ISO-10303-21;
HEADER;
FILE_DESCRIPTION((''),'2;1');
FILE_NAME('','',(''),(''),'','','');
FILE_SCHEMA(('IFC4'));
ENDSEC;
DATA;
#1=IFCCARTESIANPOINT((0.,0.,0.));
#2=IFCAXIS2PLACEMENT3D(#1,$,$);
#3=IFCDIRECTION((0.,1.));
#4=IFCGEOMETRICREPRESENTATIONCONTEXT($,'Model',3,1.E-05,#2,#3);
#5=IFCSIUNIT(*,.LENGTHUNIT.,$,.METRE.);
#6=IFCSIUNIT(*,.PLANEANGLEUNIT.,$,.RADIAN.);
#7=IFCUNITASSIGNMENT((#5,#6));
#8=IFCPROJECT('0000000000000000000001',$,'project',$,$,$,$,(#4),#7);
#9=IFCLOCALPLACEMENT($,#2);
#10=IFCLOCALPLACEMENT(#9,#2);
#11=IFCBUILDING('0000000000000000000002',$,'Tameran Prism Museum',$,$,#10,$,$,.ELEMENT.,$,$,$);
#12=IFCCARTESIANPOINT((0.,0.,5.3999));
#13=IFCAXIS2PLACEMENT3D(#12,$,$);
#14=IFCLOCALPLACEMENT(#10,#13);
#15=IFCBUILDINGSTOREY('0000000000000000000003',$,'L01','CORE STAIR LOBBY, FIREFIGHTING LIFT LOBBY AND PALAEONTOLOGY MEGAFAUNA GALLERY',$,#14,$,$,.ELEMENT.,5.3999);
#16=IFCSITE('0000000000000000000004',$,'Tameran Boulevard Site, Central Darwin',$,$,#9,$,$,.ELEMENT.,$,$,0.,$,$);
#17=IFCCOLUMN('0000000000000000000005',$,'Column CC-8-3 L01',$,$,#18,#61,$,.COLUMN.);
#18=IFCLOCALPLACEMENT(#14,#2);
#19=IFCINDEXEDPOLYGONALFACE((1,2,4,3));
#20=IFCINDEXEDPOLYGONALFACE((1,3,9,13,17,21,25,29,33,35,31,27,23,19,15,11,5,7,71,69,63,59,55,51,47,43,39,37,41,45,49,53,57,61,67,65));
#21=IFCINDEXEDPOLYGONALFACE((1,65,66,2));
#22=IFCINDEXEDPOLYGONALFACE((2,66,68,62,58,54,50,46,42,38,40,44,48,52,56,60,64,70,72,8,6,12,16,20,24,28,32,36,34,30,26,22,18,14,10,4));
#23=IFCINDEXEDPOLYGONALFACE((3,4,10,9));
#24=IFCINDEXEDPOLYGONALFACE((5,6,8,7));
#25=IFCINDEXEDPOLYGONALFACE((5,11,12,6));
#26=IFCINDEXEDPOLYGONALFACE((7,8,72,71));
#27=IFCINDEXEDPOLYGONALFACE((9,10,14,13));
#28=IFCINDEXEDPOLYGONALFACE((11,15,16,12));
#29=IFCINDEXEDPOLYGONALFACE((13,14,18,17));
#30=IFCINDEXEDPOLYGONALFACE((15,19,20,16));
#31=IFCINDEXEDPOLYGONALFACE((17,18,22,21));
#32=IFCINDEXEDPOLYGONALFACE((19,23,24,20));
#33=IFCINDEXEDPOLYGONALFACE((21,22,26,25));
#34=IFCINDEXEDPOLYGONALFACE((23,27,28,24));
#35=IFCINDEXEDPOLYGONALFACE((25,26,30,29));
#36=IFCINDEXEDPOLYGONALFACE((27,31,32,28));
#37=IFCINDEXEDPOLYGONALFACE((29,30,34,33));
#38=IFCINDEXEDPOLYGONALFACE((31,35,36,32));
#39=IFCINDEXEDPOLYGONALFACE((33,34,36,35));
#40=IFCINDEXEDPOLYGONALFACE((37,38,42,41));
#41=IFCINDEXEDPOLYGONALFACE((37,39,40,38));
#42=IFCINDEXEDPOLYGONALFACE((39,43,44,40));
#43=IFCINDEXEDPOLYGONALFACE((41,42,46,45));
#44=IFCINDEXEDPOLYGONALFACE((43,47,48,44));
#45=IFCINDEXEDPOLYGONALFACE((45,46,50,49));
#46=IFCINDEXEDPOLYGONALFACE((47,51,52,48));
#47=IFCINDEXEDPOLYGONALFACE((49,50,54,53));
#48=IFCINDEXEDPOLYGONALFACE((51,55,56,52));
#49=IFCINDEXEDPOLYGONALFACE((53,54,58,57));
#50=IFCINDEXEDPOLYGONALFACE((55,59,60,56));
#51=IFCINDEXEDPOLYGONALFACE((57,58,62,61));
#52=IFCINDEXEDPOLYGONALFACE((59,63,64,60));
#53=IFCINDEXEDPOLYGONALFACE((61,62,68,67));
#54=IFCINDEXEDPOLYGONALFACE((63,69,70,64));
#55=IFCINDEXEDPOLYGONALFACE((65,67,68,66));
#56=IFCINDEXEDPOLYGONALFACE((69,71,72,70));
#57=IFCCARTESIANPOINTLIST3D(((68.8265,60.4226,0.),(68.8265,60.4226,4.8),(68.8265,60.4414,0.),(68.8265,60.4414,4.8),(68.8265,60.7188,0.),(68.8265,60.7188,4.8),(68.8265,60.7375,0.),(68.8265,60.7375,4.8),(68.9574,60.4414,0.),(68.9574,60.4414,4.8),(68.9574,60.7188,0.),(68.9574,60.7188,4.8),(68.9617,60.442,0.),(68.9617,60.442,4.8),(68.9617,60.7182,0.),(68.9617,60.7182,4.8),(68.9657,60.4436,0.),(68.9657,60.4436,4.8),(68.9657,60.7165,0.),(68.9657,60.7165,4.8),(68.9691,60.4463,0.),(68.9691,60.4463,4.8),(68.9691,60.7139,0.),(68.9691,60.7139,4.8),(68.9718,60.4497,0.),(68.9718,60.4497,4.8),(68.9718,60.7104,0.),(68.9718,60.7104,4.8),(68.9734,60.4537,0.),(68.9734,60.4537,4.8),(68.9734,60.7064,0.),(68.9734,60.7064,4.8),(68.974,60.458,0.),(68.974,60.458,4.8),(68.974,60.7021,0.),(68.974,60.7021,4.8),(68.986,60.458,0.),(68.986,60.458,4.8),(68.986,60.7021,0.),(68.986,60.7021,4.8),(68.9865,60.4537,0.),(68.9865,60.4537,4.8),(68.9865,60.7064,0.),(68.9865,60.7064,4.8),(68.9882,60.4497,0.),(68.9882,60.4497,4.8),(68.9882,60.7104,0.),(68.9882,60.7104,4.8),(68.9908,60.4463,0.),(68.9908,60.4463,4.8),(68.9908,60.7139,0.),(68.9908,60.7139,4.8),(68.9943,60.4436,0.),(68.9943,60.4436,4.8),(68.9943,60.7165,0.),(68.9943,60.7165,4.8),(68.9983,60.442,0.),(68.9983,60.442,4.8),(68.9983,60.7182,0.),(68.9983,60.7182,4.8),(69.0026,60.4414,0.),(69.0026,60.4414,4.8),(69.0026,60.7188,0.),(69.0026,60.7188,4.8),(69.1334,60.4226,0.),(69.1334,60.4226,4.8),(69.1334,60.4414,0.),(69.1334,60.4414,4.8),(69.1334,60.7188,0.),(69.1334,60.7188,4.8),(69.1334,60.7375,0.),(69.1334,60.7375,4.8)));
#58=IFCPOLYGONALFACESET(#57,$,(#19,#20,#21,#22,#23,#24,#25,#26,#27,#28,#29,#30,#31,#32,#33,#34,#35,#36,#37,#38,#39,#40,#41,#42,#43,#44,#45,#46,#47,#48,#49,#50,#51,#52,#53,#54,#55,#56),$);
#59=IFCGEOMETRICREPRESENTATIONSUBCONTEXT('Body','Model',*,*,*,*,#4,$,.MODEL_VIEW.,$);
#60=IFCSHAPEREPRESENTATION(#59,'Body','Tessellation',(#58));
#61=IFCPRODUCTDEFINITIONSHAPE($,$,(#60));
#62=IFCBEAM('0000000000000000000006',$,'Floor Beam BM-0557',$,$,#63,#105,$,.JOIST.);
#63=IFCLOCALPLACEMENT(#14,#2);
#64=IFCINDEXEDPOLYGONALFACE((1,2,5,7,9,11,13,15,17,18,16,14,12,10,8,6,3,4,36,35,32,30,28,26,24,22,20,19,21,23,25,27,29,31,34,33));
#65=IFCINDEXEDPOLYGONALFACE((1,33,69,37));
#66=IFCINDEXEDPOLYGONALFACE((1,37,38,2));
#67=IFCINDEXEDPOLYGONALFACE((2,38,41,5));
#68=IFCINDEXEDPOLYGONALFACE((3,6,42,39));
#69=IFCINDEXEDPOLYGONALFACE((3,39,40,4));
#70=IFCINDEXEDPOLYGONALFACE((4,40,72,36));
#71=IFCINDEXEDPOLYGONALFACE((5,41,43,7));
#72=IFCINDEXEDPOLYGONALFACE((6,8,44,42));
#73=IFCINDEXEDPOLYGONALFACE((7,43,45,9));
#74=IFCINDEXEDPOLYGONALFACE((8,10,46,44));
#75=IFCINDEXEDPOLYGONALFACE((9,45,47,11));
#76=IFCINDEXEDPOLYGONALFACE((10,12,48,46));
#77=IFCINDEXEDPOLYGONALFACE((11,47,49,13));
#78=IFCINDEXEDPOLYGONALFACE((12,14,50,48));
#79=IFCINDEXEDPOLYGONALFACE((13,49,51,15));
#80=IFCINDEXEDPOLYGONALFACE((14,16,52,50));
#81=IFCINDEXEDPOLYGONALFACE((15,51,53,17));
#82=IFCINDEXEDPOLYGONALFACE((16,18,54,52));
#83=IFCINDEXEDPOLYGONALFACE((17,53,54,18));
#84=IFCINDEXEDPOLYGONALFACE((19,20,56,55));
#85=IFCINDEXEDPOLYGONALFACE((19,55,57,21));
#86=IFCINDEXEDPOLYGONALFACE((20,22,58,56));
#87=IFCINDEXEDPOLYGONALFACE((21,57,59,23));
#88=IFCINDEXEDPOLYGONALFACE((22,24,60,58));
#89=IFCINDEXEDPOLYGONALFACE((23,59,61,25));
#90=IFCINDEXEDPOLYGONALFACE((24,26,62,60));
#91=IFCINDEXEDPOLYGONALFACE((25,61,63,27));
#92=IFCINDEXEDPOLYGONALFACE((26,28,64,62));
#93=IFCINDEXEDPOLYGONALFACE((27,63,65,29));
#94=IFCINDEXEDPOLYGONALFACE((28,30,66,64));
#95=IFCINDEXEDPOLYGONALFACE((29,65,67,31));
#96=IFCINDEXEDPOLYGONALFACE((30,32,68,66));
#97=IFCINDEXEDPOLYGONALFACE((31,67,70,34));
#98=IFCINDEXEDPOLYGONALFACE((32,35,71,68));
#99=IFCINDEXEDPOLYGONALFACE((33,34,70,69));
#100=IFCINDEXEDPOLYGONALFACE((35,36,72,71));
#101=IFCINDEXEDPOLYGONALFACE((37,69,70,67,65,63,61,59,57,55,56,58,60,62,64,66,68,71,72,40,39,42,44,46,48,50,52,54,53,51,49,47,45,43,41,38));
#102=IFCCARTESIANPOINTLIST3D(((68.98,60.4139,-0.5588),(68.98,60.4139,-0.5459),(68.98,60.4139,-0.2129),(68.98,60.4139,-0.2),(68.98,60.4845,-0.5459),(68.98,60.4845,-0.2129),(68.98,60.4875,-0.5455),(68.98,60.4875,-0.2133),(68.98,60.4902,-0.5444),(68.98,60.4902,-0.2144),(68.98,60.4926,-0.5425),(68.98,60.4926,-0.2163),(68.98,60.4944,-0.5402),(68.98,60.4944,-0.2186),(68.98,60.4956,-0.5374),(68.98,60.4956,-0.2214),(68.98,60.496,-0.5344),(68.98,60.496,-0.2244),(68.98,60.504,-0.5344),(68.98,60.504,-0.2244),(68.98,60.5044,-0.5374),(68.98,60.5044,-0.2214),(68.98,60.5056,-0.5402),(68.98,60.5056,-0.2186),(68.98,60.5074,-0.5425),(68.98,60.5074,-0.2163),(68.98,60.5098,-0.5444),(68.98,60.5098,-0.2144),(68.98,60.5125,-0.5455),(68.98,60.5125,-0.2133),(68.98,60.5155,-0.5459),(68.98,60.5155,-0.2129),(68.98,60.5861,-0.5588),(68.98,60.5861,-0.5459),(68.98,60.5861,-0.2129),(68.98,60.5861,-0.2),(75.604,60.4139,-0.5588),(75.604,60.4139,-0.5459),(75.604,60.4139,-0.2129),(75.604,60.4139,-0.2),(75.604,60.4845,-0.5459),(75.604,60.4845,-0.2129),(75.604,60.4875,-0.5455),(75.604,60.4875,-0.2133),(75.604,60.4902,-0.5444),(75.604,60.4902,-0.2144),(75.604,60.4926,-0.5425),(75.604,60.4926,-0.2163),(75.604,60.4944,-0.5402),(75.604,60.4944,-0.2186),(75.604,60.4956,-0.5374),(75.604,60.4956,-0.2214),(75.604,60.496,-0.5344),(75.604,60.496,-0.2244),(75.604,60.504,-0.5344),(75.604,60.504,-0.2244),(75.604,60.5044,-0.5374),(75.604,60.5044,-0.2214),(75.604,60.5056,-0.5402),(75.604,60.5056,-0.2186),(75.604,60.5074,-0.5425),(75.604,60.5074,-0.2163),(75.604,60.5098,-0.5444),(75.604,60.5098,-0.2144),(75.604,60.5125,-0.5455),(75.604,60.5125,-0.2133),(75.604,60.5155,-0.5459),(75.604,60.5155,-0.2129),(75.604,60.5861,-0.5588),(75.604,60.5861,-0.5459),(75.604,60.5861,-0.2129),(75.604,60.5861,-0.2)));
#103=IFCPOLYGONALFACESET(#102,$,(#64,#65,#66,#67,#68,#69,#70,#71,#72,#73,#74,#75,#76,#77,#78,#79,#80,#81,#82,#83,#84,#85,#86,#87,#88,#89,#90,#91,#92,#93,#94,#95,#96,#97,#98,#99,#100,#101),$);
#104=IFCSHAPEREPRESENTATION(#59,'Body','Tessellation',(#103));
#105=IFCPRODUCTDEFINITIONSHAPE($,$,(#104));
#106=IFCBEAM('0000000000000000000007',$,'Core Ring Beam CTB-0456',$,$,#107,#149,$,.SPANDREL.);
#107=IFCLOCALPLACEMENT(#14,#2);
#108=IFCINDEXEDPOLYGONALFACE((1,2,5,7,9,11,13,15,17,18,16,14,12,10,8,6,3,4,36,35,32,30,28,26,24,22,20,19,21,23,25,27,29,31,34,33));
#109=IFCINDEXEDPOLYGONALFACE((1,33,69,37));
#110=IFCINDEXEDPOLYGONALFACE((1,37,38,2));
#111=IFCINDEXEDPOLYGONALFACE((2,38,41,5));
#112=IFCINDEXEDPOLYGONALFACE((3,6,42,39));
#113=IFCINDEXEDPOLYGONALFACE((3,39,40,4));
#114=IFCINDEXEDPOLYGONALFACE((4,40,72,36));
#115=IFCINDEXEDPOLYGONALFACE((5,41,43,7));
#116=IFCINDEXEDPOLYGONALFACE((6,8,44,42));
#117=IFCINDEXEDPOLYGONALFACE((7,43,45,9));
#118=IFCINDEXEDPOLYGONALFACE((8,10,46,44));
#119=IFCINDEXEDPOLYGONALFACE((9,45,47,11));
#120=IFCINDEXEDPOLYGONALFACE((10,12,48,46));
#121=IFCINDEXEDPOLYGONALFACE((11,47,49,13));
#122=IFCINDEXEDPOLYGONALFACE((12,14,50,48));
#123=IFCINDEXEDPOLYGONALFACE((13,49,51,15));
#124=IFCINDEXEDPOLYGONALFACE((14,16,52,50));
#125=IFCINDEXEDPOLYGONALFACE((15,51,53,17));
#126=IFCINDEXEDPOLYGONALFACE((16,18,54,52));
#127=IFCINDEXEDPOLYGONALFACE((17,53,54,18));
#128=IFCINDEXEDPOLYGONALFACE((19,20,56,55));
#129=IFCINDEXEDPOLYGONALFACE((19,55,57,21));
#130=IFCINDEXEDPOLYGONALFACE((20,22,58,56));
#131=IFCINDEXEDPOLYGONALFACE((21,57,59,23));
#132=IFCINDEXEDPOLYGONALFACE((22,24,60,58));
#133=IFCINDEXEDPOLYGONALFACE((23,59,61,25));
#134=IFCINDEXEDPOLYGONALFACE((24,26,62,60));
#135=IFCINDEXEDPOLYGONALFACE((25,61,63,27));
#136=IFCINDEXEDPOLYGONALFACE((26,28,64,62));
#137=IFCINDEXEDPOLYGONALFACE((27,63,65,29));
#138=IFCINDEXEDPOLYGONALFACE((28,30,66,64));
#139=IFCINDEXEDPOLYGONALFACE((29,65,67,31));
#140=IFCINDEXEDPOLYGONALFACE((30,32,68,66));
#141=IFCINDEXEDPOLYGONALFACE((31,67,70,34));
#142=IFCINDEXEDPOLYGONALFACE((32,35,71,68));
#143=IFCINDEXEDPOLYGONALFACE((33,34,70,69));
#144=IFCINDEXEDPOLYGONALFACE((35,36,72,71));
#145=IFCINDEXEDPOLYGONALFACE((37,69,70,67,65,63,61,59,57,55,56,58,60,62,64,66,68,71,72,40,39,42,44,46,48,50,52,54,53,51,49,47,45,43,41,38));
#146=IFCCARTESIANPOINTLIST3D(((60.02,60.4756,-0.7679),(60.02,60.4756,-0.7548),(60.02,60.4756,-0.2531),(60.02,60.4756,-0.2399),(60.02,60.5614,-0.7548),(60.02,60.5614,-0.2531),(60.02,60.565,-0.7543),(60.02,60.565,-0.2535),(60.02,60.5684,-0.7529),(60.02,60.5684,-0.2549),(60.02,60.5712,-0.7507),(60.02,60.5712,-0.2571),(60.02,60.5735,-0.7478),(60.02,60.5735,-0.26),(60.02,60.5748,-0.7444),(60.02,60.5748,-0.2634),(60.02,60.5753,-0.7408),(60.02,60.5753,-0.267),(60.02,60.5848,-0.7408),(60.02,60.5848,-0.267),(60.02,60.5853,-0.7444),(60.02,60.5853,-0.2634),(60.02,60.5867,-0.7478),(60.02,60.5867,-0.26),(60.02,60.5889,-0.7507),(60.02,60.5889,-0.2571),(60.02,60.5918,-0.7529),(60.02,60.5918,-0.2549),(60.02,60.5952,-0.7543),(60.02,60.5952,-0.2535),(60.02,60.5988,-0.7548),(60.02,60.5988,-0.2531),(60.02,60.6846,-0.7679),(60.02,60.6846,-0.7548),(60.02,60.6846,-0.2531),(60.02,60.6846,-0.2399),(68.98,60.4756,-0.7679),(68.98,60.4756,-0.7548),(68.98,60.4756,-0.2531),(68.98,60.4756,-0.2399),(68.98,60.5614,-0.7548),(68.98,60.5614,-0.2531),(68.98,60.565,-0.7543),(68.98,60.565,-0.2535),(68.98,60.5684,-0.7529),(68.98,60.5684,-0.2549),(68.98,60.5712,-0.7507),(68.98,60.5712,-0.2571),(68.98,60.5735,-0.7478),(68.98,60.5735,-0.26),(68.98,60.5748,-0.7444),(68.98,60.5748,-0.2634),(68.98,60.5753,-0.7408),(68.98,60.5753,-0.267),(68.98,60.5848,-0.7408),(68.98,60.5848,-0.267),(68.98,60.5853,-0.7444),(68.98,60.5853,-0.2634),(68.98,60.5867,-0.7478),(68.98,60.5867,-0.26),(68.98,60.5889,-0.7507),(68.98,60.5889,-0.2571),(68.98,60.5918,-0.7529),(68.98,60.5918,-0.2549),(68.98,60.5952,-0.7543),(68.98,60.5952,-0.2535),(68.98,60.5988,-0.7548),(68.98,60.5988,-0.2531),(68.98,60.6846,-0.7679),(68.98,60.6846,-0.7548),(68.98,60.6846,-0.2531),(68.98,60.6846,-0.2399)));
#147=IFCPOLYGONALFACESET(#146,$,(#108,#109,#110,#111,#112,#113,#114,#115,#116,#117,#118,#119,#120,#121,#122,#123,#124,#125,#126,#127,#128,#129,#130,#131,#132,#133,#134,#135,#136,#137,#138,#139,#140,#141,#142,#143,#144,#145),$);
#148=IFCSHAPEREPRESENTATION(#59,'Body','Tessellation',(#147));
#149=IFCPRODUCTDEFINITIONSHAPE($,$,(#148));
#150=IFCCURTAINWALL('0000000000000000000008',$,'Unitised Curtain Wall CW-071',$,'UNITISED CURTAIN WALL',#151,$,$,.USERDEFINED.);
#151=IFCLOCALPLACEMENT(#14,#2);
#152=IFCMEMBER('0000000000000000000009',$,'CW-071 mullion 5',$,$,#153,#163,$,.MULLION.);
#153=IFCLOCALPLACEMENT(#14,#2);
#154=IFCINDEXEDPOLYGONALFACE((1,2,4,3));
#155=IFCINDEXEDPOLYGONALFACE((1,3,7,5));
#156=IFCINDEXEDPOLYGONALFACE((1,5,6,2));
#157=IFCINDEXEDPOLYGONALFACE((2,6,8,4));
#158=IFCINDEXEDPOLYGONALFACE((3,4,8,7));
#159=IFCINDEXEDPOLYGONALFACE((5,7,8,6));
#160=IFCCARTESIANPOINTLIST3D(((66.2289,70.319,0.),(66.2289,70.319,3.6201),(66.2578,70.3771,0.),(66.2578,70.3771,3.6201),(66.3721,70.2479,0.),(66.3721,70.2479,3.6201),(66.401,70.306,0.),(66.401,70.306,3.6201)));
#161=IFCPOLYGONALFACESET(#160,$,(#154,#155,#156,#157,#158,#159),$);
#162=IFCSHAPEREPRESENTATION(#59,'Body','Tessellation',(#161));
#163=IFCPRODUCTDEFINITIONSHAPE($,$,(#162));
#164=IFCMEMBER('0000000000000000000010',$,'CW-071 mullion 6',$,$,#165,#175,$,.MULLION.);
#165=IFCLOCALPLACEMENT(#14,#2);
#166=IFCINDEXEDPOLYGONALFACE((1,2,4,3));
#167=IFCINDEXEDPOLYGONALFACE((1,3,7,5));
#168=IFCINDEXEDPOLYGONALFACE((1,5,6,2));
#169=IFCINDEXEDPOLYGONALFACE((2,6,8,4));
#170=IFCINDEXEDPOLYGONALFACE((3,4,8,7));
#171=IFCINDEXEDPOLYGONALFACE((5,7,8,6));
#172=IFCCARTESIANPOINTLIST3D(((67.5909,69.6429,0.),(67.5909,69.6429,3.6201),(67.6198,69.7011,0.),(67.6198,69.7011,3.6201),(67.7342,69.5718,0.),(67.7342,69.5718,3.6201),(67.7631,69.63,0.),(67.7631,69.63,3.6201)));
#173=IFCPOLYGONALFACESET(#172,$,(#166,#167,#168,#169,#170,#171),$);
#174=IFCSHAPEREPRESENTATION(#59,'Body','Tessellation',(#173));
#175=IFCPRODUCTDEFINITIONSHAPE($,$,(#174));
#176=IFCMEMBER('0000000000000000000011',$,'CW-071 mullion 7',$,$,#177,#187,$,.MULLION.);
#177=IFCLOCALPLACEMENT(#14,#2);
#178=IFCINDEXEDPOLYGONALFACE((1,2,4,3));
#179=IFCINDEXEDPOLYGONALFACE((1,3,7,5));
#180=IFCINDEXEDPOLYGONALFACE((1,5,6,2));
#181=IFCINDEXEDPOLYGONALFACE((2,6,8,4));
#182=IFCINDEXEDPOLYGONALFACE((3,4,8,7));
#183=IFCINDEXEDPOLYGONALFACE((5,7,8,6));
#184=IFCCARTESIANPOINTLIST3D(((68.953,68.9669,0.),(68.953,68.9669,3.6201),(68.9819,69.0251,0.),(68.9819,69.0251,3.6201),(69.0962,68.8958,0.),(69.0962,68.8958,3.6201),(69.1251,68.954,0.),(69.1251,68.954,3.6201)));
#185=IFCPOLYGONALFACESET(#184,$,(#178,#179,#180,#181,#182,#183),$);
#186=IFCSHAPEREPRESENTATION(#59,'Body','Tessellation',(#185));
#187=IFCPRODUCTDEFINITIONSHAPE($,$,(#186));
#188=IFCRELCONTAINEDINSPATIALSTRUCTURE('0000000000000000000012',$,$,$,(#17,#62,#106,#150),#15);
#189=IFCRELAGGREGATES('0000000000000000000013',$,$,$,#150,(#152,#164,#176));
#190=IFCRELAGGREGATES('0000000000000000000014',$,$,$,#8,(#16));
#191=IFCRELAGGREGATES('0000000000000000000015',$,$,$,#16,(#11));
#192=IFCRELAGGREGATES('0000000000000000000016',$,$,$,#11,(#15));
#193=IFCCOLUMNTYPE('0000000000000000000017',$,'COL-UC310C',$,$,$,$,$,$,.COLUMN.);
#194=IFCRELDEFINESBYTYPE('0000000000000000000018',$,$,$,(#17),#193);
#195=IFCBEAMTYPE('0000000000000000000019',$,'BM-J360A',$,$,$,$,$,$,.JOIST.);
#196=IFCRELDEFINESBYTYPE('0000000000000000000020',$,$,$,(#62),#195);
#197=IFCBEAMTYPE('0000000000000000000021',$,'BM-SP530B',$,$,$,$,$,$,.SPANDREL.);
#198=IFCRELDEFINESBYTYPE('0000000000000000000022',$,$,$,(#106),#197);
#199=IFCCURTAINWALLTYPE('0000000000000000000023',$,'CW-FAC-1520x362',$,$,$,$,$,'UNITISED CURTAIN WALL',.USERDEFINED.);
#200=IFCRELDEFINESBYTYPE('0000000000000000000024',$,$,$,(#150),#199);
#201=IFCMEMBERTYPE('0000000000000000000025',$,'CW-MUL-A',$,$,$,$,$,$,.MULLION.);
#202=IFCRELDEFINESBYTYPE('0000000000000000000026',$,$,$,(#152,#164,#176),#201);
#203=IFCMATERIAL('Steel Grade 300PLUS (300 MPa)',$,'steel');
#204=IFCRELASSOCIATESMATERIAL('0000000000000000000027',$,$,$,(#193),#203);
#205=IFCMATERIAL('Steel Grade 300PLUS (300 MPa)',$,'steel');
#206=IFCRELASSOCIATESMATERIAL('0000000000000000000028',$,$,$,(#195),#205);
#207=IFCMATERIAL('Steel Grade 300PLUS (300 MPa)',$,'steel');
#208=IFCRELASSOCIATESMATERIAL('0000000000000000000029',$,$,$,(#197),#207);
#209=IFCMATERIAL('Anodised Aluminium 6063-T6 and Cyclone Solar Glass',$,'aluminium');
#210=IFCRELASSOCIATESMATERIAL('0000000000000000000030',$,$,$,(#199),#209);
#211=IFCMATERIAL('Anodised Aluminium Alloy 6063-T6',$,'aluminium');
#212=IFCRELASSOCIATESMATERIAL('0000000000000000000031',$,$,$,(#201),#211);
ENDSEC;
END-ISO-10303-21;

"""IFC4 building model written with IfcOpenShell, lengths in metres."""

from ifc_helpers import new_model, si_unit, direction, frame, origin, origin_2d, place, context, subcontext, project, spatial, rectangle, i_section, extrude, material, material_profile, profile_set, type_object, element, aggregate, save


model = new_model("IFC4")

# Units and contexts
model_context = context("Model", 3, precision=1e-05, world=origin(), true_north=direction((0.0, 1.0)))
body_context = subcontext(model_context, "Body", "Model", "MODEL_VIEW")
ifc_project = project(units=[si_unit("LENGTHUNIT", "METRE"), si_unit("PLANEANGLEUNIT", "RADIAN")], contexts=[model_context])

# Site, building, storey
site_placement = place(None, origin())
site = spatial("IfcSite", under=ifc_project, at=site_placement, Name="Tameran Boulevard Site, Central Darwin", CompositionType="ELEMENT", RefElevation=0.0)
building_placement = place(site_placement, origin())
building = spatial("IfcBuilding", under=site, at=building_placement, Name="Tameran Prism Museum", CompositionType="ELEMENT")
storey_placement = place(building_placement, frame((0.0, 0.0, 5.3999)))
storey = spatial("IfcBuildingStorey", under=building, at=storey_placement, Name="L01", Description="CORE STAIR LOBBY, FIREFIGHTING LIFT LOBBY AND PALAEONTOLOGY MEGAFAUNA GALLERY", CompositionType="ELEMENT", Elevation=5.3999)

# Column
ifc_material_1 = material(Name="Steel Grade 300PLUS (300 MPa)", Category="steel")
ifc_material_profile_1 = material_profile(ifc_material_1, i_section(OverallWidth=0.3069, OverallDepth=0.3149, WebThickness=0.012, FlangeThickness=0.0188, FilletRadius=0.0166, at=origin_2d()))
ifc_profile_set_1 = profile_set([ifc_material_profile_1])
column_type = type_object("IfcColumnType", Name="COL-UC310C", PredefinedType="COLUMN", material=ifc_profile_set_1)
column_placement = place(storey_placement, frame((68.98, 60.5801, 0.0), z_axis=(0.0, 0.0, 1.0), x_axis=(1.0, 0.0, 0.0)))
element("IfcColumn", 1, at=column_placement, inside=storey, type_object=column_type, Name="Column CC-8-3 L01", PredefinedType="COLUMN", context=body_context, shape_type="SweptSolid", body=[
    extrude(i_section(OverallWidth=0.3069, OverallDepth=0.3149, WebThickness=0.012, FlangeThickness=0.0188, FilletRadius=0.0166, at=origin_2d()), origin(), (0.0, 0.0, 1.0), 4.8),
])

# Beams
ifc_material_2 = material(Name="Steel Grade 300PLUS (300 MPa)", Category="steel")
ifc_material_profile_2 = material_profile(ifc_material_2, i_section(OverallWidth=0.1721, OverallDepth=0.3589, WebThickness=0.0081, FlangeThickness=0.0129, FilletRadius=0.0115, at=origin_2d()))
ifc_profile_set_2 = profile_set([ifc_material_profile_2])
beam_type_1 = type_object("IfcBeamType", Name="BM-J360A", PredefinedType="JOIST", material=ifc_profile_set_2)
beam_1_placement = place(storey_placement, frame((68.98, 60.5, -0.3794), z_axis=(1.0, 0.0, 0.0), x_axis=(0.0, 1.0, 0.0)))
element("IfcBeam", 2, at=beam_1_placement, inside=storey, type_object=beam_type_1, Name="Floor Beam BM-0557", PredefinedType="JOIST", context=body_context, shape_type="SweptSolid", body=[
    extrude(i_section(OverallWidth=0.1721, OverallDepth=0.3589, WebThickness=0.0081, FlangeThickness=0.0129, FilletRadius=0.0115, at=origin_2d()), origin(), (0.0, 0.0, 1.0), 6.624),
])
ifc_material_3 = material(Name="Steel Grade 300PLUS (300 MPa)", Category="steel")
ifc_material_profile_3 = material_profile(ifc_material_3, i_section(OverallWidth=0.209, OverallDepth=0.5281, WebThickness=0.0095, FlangeThickness=0.0132, FilletRadius=0.0139, at=origin_2d()))
ifc_profile_set_3 = profile_set([ifc_material_profile_3])
beam_type_2 = type_object("IfcBeamType", Name="BM-SP530B", PredefinedType="SPANDREL", material=ifc_profile_set_3)
beam_2_placement = place(storey_placement, frame((68.98, 60.5801, -0.5039), z_axis=(-1.0, 0.0, 0.0), x_axis=(0.0, -1.0, 0.0)))
element("IfcBeam", 3, at=beam_2_placement, inside=storey, type_object=beam_type_2, Name="Core Ring Beam CTB-0456", PredefinedType="SPANDREL", context=body_context, shape_type="SweptSolid", body=[
    extrude(i_section(OverallWidth=0.209, OverallDepth=0.5281, WebThickness=0.0095, FlangeThickness=0.0132, FilletRadius=0.0139, at=origin_2d()), origin(), (0.0, 0.0, 1.0), 8.96),
])

# Curtain wall, members
ifc_material_4 = material(Name="Anodised Aluminium 6063-T6 and Cyclone Solar Glass", Category="aluminium")
curtain_wall_type = type_object("IfcCurtainWallType", Name="CW-FAC-1520x362", ElementType="UNITISED CURTAIN WALL", PredefinedType="USERDEFINED", material=ifc_material_4)
curtain_wall_placement = place(storey_placement, origin())
curtain_wall = element("IfcCurtainWall", 4, at=curtain_wall_placement, inside=storey, type_object=curtain_wall_type, Name="Unitised Curtain Wall CW-071", ObjectType="UNITISED CURTAIN WALL", PredefinedType="USERDEFINED")
ifc_material_5 = material(Name="Anodised Aluminium Alloy 6063-T6", Category="aluminium")
ifc_material_profile_4 = material_profile(ifc_material_5, rectangle(XDim=0.0649, YDim=0.1599, at=origin_2d()))
ifc_profile_set_4 = profile_set([ifc_material_profile_4])
member_type_1 = type_object("IfcMemberType", Name="CW-MUL-A", PredefinedType="MULLION", material=ifc_profile_set_4)
member_1_placement = place(storey_placement, frame((66.3149, 70.3125, 0.0), z_axis=(0.0, 0.0, 1.0), x_axis=(0.444634, 0.895712, 0.0)))
member_1 = element("IfcMember", 5, at=member_1_placement, type_object=member_type_1, Name="CW-071 mullion 5", PredefinedType="MULLION", context=body_context, shape_type="SweptSolid", body=[
    extrude(rectangle(XDim=0.0649, YDim=0.1599, at=origin_2d()), origin(), (0.0, 0.0, 1.0), 3.6201),
])
member_2_placement = place(storey_placement, frame((67.677, 69.6365, 0.0), z_axis=(0.0, 0.0, 1.0), x_axis=(0.444634, 0.895712, 0.0)))
member_2 = element("IfcMember", 6, at=member_2_placement, type_object=member_type_1, Name="CW-071 mullion 6", PredefinedType="MULLION", context=body_context, shape_type="SweptSolid", body=[
    extrude(rectangle(XDim=0.0649, YDim=0.1599, at=origin_2d()), origin(), (0.0, 0.0, 1.0), 3.6201),
])
member_3_placement = place(storey_placement, frame((69.0391, 68.9604, 0.0), z_axis=(0.0, 0.0, 1.0), x_axis=(0.444634, 0.895712, 0.0)))
member_3 = element("IfcMember", 7, at=member_3_placement, type_object=member_type_1, Name="CW-071 mullion 7", PredefinedType="MULLION", context=body_context, shape_type="SweptSolid", body=[
    extrude(rectangle(XDim=0.0649, YDim=0.1599, at=origin_2d()), origin(), (0.0, 0.0, 1.0), 3.6201),
])
aggregate(curtain_wall, [member_1, member_2, member_3])

save(model, "model.ifc")
